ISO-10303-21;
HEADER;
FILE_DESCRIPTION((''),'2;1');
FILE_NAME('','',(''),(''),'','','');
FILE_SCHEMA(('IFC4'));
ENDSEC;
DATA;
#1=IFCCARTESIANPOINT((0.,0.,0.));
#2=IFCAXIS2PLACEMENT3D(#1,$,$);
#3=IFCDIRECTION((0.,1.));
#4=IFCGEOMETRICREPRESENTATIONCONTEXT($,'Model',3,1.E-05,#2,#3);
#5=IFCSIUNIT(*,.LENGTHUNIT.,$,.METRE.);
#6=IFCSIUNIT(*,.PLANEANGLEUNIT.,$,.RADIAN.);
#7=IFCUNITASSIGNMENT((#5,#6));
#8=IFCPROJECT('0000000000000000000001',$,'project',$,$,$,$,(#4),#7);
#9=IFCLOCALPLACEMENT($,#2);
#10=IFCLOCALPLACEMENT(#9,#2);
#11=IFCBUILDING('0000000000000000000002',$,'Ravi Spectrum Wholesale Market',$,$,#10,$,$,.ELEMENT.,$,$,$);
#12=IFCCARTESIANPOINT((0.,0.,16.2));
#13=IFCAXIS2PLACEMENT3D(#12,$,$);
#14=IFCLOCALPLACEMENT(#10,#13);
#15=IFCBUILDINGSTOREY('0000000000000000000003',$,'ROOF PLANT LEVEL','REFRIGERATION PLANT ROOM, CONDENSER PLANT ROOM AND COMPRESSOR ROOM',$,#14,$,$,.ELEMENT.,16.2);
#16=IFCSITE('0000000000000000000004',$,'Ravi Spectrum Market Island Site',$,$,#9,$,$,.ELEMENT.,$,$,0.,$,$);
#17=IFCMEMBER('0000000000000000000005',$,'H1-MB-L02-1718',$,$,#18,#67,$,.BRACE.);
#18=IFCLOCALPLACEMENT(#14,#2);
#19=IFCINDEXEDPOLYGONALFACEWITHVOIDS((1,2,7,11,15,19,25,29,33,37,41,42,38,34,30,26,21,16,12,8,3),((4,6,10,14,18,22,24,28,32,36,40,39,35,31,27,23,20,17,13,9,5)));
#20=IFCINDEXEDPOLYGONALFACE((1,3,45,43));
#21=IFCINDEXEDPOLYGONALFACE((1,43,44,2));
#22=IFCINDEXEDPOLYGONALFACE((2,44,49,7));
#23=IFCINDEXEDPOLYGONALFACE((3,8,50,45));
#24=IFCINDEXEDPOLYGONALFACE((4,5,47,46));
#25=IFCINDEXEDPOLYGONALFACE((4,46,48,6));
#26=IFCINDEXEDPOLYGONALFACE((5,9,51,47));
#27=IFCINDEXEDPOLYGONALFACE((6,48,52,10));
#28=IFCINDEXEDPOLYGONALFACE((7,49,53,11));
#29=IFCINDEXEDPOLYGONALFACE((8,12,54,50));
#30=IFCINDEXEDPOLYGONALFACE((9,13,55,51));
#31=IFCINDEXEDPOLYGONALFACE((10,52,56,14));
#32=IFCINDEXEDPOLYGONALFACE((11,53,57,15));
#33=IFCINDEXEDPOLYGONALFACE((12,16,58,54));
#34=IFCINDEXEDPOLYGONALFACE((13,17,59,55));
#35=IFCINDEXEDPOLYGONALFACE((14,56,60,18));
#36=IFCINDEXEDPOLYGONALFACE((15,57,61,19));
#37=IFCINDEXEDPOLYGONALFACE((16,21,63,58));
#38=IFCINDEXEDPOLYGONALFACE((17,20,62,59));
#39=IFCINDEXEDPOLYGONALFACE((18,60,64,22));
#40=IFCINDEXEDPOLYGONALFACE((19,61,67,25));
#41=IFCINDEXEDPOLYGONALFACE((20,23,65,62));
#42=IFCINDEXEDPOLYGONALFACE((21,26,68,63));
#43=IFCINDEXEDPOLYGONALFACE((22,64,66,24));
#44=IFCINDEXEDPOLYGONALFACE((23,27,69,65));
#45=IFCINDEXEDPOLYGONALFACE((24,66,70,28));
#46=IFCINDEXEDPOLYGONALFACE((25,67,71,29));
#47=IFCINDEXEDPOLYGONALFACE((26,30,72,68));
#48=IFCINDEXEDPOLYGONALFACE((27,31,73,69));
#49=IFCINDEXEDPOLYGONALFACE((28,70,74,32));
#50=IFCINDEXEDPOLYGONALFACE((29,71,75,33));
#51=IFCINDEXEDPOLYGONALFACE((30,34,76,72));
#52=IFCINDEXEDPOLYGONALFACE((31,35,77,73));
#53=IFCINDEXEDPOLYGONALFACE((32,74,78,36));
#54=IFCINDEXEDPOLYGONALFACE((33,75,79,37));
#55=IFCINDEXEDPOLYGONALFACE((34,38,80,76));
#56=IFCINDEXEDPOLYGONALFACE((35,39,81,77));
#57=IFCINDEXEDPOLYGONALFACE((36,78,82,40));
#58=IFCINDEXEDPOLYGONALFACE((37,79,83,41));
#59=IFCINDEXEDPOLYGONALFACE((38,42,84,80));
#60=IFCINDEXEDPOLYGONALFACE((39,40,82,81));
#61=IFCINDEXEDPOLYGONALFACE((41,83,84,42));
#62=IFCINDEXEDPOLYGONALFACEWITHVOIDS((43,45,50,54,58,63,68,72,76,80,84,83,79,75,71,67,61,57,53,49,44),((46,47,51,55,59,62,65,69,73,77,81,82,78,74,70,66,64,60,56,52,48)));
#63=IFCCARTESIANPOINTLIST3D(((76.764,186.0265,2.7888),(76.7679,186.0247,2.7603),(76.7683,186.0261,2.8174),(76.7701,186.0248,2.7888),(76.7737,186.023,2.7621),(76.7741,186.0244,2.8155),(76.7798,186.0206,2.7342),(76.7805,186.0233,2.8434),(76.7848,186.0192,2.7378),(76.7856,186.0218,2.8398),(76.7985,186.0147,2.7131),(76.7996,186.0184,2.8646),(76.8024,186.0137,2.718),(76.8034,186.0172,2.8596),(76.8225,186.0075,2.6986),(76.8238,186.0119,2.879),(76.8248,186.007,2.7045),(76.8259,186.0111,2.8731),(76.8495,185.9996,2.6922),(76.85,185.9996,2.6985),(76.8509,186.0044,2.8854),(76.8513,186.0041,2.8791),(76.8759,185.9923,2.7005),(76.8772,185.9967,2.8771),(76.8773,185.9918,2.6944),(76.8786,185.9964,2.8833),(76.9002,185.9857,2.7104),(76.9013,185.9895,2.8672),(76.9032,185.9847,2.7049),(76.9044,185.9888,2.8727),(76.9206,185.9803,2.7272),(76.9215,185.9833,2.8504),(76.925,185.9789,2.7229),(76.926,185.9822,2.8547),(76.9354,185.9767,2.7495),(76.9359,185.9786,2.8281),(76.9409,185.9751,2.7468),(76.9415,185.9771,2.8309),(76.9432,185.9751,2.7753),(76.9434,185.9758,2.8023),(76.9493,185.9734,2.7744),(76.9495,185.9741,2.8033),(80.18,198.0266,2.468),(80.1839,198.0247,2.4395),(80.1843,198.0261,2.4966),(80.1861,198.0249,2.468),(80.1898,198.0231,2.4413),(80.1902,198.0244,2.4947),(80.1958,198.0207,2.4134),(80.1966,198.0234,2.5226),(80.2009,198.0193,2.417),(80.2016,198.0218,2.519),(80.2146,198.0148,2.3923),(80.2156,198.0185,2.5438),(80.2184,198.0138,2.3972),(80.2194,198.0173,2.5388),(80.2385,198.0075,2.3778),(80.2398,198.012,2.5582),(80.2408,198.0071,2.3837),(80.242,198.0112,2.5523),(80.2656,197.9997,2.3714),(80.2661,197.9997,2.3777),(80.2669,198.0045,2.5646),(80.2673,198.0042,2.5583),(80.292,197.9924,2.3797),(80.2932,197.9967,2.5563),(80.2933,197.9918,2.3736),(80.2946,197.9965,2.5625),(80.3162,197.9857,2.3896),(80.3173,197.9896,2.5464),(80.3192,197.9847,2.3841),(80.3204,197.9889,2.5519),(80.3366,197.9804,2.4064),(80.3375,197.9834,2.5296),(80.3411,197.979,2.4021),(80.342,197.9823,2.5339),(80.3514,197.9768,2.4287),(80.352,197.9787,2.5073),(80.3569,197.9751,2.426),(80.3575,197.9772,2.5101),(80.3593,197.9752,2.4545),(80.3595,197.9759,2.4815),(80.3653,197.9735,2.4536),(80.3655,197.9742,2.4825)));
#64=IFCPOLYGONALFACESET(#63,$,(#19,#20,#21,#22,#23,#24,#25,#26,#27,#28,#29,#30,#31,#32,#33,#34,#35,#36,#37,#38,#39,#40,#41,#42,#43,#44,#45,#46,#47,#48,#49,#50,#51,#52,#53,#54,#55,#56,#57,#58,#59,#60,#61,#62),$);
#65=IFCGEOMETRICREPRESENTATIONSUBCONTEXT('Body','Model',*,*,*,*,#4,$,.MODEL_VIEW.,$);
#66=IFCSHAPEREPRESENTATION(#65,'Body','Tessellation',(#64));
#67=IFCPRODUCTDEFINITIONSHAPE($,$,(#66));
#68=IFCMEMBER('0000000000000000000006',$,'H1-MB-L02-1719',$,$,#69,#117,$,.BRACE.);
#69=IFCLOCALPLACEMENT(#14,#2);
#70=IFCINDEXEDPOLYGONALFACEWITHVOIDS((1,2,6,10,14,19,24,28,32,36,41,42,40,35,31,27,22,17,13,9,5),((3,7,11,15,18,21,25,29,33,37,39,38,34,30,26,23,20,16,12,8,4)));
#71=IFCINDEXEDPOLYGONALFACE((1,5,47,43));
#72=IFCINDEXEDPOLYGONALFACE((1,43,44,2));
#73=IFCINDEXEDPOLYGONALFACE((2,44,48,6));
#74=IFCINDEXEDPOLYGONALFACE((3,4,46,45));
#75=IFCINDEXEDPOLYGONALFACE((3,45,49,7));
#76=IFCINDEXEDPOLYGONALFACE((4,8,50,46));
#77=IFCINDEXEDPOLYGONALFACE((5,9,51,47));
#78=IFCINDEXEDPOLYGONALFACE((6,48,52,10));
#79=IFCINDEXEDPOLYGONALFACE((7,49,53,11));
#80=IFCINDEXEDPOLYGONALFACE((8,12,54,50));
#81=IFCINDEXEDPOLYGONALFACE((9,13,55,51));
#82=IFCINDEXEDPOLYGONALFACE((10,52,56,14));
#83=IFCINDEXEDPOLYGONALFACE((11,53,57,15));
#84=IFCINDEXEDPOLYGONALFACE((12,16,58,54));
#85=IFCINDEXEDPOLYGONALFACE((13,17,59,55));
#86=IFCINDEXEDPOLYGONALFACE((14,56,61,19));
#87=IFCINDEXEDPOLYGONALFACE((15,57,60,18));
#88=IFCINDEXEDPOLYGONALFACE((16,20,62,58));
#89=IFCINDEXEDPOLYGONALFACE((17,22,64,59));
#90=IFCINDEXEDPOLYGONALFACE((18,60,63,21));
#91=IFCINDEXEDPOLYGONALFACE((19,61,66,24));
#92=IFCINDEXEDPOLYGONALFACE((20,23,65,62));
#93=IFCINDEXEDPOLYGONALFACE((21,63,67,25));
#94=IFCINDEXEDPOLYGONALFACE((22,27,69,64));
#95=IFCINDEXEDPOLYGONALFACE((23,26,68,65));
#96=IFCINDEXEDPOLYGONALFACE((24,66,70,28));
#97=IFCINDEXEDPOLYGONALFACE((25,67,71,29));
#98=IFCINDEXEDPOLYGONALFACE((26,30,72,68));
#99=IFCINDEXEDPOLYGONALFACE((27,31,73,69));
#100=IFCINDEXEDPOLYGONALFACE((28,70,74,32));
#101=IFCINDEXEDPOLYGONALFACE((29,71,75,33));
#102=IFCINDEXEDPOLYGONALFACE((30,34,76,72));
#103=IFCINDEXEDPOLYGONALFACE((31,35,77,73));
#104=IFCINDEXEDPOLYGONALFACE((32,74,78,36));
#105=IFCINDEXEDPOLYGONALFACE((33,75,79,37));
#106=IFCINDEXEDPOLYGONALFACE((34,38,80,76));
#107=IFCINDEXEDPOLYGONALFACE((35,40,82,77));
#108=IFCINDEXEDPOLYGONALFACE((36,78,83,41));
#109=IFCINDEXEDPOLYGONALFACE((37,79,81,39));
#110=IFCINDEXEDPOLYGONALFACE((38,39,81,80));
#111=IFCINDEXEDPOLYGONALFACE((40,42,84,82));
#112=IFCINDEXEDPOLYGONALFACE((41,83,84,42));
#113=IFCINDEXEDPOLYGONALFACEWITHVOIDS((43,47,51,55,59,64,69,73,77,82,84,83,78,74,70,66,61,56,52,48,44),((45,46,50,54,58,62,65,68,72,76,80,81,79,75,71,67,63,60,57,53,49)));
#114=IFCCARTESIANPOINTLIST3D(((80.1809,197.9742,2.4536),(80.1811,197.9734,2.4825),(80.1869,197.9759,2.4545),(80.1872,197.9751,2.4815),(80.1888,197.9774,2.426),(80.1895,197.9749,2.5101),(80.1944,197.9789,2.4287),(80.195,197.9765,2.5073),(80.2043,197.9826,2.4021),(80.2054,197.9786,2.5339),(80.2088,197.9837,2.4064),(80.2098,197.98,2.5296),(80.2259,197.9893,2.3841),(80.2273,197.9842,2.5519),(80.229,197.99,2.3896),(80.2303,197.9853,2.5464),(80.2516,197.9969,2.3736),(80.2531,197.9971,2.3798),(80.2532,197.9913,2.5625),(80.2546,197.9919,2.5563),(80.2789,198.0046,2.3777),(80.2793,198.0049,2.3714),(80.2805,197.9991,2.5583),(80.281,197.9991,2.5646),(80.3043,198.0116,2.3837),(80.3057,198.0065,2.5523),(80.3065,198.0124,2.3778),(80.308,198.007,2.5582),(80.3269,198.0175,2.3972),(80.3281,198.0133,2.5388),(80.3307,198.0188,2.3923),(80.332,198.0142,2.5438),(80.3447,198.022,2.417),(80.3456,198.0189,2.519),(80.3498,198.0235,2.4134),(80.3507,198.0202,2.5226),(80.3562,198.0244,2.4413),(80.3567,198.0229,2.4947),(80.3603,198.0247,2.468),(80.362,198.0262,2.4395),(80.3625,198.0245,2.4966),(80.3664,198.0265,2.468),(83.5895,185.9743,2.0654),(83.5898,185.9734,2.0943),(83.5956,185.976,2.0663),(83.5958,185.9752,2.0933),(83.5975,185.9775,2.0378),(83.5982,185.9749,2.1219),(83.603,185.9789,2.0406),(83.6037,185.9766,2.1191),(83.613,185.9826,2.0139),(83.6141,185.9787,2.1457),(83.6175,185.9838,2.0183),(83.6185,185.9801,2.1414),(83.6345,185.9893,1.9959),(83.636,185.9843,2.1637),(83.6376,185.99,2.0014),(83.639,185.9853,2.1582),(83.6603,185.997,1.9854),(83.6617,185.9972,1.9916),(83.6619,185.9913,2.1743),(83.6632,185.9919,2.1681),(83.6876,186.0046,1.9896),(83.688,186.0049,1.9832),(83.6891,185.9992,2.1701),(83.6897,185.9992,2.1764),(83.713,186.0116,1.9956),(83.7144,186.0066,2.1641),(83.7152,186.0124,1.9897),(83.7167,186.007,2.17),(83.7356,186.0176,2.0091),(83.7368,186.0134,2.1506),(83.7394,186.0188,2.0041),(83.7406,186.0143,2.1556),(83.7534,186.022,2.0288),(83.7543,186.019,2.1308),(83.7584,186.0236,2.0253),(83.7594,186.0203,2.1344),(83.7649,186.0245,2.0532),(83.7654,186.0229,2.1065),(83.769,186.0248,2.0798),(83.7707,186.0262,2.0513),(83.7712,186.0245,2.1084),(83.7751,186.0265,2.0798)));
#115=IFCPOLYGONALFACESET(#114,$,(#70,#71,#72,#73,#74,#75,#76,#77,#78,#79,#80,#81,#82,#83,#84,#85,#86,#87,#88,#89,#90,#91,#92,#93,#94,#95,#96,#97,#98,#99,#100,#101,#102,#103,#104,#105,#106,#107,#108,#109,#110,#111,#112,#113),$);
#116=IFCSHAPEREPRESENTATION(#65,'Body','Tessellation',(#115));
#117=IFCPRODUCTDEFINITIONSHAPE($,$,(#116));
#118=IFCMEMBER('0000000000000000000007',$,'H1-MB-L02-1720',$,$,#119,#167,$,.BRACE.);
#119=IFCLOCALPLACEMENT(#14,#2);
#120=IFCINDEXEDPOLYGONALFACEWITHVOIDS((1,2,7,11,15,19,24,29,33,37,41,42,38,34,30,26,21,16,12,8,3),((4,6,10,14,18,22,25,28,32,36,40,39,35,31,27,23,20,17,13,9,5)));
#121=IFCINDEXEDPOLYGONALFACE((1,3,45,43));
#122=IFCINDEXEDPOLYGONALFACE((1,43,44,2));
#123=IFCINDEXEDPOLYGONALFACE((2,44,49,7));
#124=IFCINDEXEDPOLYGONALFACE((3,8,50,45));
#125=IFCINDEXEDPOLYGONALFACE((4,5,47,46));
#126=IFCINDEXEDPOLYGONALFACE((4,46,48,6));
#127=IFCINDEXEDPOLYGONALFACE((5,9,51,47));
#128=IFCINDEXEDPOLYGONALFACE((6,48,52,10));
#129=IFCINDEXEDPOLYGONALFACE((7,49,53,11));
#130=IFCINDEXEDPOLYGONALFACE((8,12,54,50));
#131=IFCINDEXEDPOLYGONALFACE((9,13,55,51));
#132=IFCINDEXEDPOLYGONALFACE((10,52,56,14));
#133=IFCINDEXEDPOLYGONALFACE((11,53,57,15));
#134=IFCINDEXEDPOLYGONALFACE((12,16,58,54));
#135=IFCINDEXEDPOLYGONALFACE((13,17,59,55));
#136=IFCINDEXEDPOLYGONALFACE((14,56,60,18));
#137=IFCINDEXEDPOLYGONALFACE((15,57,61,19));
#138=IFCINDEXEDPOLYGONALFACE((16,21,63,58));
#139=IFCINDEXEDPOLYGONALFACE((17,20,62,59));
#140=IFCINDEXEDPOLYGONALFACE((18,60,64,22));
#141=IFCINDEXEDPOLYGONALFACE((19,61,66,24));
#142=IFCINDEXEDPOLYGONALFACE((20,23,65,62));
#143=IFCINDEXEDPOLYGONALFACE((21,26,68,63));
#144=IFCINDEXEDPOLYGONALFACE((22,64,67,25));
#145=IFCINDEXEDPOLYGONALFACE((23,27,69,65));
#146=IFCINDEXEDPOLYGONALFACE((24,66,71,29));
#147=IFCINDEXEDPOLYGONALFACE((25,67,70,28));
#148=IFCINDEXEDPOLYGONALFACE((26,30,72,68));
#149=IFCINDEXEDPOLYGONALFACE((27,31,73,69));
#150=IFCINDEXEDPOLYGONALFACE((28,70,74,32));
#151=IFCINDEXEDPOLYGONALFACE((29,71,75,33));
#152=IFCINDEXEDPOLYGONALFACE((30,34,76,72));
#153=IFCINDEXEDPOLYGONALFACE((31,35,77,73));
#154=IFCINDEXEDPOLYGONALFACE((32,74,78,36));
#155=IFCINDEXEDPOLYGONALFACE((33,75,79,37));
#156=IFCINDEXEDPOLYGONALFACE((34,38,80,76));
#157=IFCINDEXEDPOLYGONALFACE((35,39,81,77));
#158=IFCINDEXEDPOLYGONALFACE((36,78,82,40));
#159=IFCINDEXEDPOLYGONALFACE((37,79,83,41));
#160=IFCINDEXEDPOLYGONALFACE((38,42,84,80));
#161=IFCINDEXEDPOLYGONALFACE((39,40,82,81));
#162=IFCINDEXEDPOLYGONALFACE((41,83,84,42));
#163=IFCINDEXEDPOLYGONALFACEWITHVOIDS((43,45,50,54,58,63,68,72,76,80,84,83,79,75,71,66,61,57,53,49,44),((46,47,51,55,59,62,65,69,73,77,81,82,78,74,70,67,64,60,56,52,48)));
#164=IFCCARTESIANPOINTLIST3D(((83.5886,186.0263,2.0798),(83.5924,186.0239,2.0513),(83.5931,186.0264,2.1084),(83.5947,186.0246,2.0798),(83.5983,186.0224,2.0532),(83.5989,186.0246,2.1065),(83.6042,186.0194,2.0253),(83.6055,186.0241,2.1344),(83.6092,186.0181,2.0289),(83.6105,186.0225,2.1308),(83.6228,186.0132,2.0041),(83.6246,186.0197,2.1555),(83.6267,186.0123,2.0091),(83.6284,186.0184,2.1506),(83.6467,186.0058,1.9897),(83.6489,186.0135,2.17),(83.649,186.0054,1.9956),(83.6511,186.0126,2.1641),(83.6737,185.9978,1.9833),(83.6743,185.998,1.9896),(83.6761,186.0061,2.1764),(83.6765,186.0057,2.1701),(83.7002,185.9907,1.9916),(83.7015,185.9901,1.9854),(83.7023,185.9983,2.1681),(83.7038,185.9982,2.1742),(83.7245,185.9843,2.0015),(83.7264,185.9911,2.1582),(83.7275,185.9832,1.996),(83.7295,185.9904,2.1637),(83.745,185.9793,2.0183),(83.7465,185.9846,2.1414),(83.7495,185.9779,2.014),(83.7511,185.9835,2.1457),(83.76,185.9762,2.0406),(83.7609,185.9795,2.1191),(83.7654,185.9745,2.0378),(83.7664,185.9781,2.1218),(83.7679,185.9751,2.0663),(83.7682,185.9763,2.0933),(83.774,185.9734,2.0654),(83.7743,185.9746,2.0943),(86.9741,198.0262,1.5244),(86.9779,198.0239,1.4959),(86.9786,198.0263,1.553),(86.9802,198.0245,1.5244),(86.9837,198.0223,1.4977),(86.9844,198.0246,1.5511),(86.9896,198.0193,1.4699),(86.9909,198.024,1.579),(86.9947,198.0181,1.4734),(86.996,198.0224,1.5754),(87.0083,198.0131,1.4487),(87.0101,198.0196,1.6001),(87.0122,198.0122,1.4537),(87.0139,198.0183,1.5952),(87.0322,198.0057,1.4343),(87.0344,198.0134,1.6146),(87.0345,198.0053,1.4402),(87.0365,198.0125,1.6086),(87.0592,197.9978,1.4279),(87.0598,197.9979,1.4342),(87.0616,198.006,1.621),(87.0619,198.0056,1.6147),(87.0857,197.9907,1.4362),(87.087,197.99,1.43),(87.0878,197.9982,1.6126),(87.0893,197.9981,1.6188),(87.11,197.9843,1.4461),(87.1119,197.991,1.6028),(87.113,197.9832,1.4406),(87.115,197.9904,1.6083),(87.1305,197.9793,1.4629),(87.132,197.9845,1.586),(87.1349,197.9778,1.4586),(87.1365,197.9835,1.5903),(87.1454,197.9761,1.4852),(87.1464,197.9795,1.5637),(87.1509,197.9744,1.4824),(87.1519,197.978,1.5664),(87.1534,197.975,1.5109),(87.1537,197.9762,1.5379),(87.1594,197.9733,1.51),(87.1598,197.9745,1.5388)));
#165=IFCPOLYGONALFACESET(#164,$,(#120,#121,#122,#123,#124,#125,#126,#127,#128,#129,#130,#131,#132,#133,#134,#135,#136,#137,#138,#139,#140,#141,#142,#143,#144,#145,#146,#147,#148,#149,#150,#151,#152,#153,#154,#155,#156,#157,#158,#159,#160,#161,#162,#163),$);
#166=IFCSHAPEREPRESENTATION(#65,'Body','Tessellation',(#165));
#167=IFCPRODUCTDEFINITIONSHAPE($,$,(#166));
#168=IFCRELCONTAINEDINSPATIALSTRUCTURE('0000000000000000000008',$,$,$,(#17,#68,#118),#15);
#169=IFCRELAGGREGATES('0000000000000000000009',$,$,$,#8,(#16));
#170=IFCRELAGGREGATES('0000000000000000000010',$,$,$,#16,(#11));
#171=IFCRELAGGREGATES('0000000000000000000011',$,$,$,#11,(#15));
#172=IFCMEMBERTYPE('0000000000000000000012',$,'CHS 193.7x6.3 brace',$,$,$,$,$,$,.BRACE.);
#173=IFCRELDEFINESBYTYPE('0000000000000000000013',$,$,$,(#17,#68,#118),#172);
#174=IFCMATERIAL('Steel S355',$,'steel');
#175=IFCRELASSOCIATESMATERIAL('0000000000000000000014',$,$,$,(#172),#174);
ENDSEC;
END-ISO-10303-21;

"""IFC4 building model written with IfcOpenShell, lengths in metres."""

from ifc_helpers import new_model, si_unit, direction, frame, origin, origin_2d, place, context, subcontext, project, spatial, hollow_circle, extrude, material, material_profile, profile_set, type_object, element, save


model = new_model("IFC4")

# Units and contexts
model_context = context("Model", 3, precision=1e-05, world=origin(), true_north=direction((0.0, 1.0)))
body_context = subcontext(model_context, "Body", "Model", "MODEL_VIEW")
ifc_project = project(units=[si_unit("LENGTHUNIT", "METRE"), si_unit("PLANEANGLEUNIT", "RADIAN")], contexts=[model_context])

# Site, building, storey
site_placement = place(None, origin())
site = spatial("IfcSite", under=ifc_project, at=site_placement, Name="Ravi Spectrum Market Island Site", CompositionType="ELEMENT", RefElevation=0.0)
building_placement = place(site_placement, origin())
building = spatial("IfcBuilding", under=site, at=building_placement, Name="Ravi Spectrum Wholesale Market", CompositionType="ELEMENT")
storey_placement = place(building_placement, frame((0.0, 0.0, 16.2)))
storey = spatial("IfcBuildingStorey", under=building, at=storey_placement, Name="ROOF PLANT LEVEL", Description="REFRIGERATION PLANT ROOM, CONDENSER PLANT ROOM AND COMPRESSOR ROOM", CompositionType="ELEMENT", Elevation=16.2)

# Members
ifc_material_1 = material(Name="Steel S355", Category="steel")
ifc_material_profile_1 = material_profile(ifc_material_1, hollow_circle(Radius=0.0969, WallThickness=0.0063, at=origin_2d()))
ifc_profile_set_1 = profile_set([ifc_material_profile_1], Name="Steel S355")
member_type_1 = type_object("IfcMemberType", Name="CHS 193.7x6.3 brace", PredefinedType="BRACE", material=ifc_profile_set_1)
member_1_placement = place(storey_placement, frame((76.8572, 186.0, 2.7888), z_axis=(0.2737, 0.961472, -0.025703), x_axis=(-0.961789, 0.273791, 0.0)))
element("IfcMember", 1, at=member_1_placement, inside=storey, type_object=member_type_1, Name="H1-MB-L02-1718", PredefinedType="BRACE", context=body_context, shape_type="SweptSolid", body=[
    extrude(hollow_circle(Radius=0.0969, WallThickness=0.0063, at=origin_2d()), origin(), (0.0, 0.0, 1.0), 12.481),
])
for number, where, z_axis, x_axis, name in (
    (2, (80.2732, 198.0, 2.468), (0.273115, -0.961478, -0.031103), (0.961944, 0.273247, 0.0), "H1-MB-L02-1719"),
    (3, (83.6819, 186.0, 2.0798), (0.271257, 0.961478, -0.044502), (-0.962431, 0.271526, 0.0), "H1-MB-L02-1720"),
):
    element("IfcMember", number, at=place(storey_placement, frame(where, z_axis=z_axis, x_axis=x_axis)), inside=storey, type_object=member_type_1, Name=name, PredefinedType="BRACE", context=body_context, shape_type="SweptSolid", body=[
        extrude(hollow_circle(Radius=0.0969, WallThickness=0.0063, at=origin_2d()), origin(), (0.0, 0.0, 1.0), 12.4807),
    ])

save(model, "model.ifc")
